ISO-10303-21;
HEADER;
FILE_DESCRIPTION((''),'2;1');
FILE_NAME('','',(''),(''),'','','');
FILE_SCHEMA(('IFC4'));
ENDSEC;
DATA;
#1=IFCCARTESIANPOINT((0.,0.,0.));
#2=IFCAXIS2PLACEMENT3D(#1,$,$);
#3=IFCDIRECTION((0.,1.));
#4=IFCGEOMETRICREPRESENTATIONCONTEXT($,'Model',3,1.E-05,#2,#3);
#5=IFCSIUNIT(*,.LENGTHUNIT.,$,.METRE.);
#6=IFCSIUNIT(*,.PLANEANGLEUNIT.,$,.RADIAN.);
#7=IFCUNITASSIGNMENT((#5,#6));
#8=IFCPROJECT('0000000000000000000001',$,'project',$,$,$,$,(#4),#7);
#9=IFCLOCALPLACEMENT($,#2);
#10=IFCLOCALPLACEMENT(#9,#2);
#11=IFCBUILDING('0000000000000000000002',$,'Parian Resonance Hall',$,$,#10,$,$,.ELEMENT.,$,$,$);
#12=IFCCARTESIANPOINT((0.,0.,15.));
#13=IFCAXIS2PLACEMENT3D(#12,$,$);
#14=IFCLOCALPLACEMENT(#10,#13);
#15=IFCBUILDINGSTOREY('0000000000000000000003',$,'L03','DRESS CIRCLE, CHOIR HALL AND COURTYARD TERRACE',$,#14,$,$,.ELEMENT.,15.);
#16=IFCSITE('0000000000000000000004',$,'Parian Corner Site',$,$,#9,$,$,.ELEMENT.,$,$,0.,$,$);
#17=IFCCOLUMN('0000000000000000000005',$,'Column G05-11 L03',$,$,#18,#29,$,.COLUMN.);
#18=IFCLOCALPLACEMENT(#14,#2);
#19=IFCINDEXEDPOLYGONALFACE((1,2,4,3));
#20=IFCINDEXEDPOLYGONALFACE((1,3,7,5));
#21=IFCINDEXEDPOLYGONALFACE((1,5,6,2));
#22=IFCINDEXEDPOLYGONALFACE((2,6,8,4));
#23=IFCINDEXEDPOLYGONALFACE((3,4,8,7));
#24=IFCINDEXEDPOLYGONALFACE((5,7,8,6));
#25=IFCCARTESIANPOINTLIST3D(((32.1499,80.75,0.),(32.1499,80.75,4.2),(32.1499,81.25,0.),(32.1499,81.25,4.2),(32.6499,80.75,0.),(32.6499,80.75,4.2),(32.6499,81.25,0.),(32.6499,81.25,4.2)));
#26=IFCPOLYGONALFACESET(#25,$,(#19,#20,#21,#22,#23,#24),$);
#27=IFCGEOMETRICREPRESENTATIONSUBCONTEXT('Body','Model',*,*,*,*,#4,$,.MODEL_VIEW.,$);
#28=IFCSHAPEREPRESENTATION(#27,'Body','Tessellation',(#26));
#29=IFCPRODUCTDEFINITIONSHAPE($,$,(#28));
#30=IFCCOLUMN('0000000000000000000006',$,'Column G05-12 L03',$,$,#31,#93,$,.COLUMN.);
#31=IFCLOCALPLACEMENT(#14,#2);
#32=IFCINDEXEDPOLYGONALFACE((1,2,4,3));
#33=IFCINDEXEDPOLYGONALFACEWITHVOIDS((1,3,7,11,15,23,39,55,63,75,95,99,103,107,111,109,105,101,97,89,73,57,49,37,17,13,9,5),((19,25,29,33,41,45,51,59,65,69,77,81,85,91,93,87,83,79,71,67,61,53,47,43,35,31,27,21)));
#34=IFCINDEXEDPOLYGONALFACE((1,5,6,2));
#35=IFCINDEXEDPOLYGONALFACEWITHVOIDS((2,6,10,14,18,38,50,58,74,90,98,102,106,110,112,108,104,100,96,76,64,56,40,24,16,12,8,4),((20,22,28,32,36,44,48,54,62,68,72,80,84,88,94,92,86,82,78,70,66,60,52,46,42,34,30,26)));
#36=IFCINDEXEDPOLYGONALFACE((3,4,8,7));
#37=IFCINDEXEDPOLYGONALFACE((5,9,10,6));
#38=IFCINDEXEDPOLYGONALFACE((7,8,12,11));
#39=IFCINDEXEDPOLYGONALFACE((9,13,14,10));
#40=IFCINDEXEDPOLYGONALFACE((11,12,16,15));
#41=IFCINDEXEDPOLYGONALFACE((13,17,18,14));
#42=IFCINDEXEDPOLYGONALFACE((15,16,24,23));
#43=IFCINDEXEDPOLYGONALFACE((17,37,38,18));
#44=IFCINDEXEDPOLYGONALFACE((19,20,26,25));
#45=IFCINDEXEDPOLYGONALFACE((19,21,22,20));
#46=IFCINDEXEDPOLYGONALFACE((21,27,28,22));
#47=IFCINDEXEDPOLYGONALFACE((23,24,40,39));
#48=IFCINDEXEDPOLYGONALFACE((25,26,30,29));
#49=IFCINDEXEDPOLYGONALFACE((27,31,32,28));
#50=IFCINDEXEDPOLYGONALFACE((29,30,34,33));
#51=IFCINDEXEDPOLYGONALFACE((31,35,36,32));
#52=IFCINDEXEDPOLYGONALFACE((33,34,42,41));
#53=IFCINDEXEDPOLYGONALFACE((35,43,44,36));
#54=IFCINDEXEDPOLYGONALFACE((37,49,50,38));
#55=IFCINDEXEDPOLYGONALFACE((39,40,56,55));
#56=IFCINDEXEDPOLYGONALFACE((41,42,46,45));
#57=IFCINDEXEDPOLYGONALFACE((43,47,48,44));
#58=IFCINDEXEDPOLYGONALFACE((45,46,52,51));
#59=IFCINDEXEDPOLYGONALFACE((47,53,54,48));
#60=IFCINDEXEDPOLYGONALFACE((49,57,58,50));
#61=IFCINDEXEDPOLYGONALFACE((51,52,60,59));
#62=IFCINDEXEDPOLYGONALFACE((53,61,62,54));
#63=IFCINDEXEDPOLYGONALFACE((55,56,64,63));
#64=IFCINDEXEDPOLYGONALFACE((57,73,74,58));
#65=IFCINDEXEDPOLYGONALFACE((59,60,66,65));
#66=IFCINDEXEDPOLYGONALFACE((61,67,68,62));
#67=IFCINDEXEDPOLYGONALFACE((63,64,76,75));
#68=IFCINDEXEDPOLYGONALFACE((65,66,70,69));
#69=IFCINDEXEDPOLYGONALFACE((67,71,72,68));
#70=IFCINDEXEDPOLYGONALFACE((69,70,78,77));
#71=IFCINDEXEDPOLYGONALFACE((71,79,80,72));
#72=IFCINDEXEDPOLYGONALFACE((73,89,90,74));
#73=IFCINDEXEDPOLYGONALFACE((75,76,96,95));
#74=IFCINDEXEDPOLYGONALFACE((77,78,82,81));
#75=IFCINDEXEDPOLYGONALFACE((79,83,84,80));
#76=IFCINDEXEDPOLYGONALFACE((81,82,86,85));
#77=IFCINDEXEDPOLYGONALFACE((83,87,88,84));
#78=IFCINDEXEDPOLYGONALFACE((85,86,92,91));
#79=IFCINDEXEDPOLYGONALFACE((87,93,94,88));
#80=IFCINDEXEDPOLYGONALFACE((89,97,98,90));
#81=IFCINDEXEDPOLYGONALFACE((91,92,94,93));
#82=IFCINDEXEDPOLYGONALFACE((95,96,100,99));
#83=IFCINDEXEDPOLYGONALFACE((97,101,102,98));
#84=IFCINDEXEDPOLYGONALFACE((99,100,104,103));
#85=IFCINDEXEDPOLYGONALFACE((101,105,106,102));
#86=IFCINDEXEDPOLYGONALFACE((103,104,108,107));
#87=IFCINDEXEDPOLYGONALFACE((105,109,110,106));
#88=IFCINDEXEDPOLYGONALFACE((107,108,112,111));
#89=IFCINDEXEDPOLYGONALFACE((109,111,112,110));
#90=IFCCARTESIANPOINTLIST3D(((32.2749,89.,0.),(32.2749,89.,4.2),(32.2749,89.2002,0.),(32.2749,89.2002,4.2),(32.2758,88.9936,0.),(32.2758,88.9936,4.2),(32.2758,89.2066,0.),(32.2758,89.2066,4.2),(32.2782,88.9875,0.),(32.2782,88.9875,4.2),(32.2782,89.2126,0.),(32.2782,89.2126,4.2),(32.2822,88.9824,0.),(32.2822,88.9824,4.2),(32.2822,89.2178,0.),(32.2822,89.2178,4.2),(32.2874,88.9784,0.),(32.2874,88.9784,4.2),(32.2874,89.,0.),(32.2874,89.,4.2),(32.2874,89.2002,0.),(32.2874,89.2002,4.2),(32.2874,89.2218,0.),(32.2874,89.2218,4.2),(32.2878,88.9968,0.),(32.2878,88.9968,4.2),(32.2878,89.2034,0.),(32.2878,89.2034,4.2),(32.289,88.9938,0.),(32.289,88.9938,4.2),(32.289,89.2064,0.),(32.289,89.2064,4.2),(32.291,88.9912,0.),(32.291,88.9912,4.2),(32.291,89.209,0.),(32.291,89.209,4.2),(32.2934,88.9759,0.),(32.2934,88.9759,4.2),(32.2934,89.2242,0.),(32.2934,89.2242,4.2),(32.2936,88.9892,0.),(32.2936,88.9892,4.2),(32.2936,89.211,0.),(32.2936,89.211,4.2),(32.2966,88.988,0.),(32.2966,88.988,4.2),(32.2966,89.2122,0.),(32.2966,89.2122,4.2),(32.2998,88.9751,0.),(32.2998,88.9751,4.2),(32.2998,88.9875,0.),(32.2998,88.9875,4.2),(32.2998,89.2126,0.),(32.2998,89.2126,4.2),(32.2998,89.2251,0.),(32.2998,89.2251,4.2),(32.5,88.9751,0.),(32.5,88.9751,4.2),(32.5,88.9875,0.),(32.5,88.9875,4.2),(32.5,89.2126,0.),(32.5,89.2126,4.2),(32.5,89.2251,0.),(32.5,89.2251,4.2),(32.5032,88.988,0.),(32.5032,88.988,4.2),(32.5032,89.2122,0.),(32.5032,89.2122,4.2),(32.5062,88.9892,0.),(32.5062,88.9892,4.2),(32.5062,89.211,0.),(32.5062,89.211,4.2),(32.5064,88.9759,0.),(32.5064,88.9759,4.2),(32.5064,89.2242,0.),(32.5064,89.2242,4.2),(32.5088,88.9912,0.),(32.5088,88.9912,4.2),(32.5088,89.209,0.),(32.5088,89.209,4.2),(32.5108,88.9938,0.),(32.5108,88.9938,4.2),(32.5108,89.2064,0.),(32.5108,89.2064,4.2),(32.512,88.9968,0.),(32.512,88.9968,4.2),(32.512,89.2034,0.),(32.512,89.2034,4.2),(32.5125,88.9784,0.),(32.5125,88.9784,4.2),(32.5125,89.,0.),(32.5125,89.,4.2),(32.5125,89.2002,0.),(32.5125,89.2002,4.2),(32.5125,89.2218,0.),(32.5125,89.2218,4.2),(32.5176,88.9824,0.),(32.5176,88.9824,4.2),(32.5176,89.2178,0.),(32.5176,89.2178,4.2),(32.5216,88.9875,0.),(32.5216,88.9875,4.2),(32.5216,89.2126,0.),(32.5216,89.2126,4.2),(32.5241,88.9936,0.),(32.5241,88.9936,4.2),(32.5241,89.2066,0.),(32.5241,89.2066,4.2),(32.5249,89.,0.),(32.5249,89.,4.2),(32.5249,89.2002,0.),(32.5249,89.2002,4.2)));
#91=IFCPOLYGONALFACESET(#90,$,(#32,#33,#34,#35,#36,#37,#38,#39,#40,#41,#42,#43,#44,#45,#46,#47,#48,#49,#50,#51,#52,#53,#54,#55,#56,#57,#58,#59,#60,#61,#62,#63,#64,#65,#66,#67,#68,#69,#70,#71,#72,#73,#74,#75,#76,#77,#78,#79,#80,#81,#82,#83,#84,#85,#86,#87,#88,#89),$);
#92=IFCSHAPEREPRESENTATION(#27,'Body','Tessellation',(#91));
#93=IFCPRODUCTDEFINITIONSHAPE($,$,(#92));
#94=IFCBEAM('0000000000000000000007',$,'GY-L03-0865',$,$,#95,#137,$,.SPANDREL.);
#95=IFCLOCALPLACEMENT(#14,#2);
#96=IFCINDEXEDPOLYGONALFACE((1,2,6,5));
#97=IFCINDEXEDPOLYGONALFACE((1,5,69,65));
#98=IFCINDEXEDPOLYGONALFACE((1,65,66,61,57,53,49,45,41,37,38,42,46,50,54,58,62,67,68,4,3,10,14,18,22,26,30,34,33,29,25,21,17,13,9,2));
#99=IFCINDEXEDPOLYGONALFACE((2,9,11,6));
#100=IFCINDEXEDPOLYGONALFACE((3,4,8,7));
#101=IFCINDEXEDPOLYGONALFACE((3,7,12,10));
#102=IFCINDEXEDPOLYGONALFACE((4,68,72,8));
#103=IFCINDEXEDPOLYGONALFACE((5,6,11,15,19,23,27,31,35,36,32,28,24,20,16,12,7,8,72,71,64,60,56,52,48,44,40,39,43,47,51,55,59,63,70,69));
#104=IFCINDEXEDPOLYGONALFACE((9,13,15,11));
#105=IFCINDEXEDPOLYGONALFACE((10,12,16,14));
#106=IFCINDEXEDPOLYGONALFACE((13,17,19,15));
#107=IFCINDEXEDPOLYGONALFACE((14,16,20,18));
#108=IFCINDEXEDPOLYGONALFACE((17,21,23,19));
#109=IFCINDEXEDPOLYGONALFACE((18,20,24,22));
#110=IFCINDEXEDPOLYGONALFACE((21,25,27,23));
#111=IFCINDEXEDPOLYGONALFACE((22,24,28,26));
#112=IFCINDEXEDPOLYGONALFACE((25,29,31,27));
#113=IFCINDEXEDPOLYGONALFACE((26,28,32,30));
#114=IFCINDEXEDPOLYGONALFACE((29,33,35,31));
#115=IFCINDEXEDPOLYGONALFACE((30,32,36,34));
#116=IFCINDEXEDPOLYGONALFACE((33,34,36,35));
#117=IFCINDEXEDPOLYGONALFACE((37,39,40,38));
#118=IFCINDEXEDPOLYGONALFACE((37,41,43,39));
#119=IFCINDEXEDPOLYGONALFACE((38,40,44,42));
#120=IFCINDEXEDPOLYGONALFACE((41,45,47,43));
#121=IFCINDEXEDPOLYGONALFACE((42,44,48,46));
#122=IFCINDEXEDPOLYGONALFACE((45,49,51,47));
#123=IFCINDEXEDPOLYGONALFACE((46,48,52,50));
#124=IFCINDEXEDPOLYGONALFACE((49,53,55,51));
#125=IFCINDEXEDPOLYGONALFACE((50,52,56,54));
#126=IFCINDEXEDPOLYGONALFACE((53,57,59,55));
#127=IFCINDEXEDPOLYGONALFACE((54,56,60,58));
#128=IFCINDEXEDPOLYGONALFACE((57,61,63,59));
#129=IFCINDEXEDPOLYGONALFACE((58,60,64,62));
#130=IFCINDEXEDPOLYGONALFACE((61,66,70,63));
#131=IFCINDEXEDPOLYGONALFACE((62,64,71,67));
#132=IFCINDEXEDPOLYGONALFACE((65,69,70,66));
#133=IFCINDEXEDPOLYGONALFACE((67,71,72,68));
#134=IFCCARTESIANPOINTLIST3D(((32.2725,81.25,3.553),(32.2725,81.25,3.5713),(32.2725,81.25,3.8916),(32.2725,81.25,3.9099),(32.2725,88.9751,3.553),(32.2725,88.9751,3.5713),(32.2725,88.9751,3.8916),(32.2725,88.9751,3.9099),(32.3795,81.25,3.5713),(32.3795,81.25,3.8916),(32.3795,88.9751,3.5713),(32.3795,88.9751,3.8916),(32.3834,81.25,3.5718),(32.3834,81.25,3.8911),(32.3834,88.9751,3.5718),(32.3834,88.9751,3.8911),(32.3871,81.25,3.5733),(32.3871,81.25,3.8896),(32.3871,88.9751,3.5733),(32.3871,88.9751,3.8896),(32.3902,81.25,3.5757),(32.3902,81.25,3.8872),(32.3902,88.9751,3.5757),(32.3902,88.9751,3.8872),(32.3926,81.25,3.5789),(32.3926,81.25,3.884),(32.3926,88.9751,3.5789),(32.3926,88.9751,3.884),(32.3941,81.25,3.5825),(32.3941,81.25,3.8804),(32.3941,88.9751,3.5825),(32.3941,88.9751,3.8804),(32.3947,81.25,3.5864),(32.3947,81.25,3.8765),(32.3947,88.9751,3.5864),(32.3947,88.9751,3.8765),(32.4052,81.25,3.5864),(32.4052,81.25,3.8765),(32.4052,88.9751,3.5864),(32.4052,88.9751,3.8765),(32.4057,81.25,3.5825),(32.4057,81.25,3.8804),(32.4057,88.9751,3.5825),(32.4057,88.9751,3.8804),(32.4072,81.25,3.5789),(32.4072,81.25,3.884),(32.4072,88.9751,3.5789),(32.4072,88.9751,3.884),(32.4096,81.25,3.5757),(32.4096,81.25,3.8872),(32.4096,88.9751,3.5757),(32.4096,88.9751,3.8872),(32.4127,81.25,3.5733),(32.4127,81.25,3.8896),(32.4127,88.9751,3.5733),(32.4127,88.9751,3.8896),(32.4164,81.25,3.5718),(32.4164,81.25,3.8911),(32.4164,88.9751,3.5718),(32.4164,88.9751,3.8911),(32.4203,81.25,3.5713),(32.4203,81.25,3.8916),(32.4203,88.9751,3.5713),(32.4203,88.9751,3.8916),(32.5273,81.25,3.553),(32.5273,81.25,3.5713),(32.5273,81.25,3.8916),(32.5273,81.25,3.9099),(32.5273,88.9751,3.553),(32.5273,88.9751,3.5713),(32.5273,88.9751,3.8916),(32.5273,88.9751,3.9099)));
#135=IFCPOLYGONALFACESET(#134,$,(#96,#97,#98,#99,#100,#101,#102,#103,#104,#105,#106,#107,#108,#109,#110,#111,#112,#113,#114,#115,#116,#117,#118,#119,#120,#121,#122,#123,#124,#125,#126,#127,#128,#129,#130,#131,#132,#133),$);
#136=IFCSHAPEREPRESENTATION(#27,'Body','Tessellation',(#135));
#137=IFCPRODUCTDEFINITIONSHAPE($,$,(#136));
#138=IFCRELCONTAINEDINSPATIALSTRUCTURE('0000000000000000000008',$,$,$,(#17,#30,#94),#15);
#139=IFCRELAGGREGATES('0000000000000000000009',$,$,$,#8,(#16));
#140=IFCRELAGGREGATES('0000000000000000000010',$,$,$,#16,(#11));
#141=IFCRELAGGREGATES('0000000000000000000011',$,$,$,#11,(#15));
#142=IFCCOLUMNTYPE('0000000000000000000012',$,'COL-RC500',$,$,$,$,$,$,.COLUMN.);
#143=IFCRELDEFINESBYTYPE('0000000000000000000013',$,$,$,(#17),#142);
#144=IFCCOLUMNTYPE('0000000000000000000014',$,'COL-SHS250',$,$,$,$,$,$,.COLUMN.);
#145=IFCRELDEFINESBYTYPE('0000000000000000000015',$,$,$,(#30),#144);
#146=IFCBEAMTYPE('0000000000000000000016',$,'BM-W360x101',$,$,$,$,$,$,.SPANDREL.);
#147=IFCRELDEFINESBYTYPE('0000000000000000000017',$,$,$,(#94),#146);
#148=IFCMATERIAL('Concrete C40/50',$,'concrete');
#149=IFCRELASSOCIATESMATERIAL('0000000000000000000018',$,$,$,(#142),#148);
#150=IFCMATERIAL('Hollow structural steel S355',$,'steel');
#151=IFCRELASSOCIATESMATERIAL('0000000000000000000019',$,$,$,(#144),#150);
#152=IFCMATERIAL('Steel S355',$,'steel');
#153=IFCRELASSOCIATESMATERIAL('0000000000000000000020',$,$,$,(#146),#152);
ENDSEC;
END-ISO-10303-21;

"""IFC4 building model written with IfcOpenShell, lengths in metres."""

from ifc_helpers import new_model, si_unit, direction, frame, origin, origin_2d, place, context, subcontext, project, spatial, rectangle, hollow_rectangle, i_section, extrude, material, material_profile, profile_set, type_object, element, save


model = new_model("IFC4")

# Units and contexts
model_context = context("Model", 3, precision=1e-05, world=origin(), true_north=direction((0.0, 1.0)))
body_context = subcontext(model_context, "Body", "Model", "MODEL_VIEW")
ifc_project = project(units=[si_unit("LENGTHUNIT", "METRE"), si_unit("PLANEANGLEUNIT", "RADIAN")], contexts=[model_context])

# Site, building, storey
site_placement = place(None, origin())
site = spatial("IfcSite", under=ifc_project, at=site_placement, Name="Parian Corner Site", CompositionType="ELEMENT", RefElevation=0.0)
building_placement = place(site_placement, origin())
building = spatial("IfcBuilding", under=site, at=building_placement, Name="Parian Resonance Hall", CompositionType="ELEMENT")
storey_placement = place(building_placement, frame((0.0, 0.0, 15.0)))
storey = spatial("IfcBuildingStorey", under=building, at=storey_placement, Name="L03", Description="DRESS CIRCLE, CHOIR HALL AND COURTYARD TERRACE", CompositionType="ELEMENT", Elevation=15.0)

# Columns
ifc_material_1 = material(Name="Concrete C40/50", Category="concrete")
ifc_material_profile_1 = material_profile(ifc_material_1, rectangle(XDim=0.5, YDim=0.5, at=origin_2d()), Name="RC-COL-500x500")
ifc_profile_set_1 = profile_set([ifc_material_profile_1], Name="Concrete C40/50")
column_type_1 = type_object("IfcColumnType", Name="COL-RC500", PredefinedType="COLUMN", material=ifc_profile_set_1)
column_1_placement = place(storey_placement, frame((32.3999, 81.0, 0.0), z_axis=(0.0, 0.0, 1.0), x_axis=(1.0, 0.0, 0.0)))
element("IfcColumn", 1, at=column_1_placement, inside=storey, type_object=column_type_1, Name="Column G05-11 L03", PredefinedType="COLUMN", context=body_context, shape_type="SweptSolid", body=[
    extrude(rectangle(XDim=0.5, YDim=0.5, at=origin_2d()), origin(), (0.0, 0.0, 1.0), 4.2),
])
ifc_material_2 = material(Name="Hollow structural steel S355", Category="steel")
ifc_material_profile_2 = material_profile(ifc_material_2, hollow_rectangle(XDim=0.25, YDim=0.25, WallThickness=0.0125, InnerFilletRadius=0.0125, OuterFilletRadius=0.0249, at=origin_2d()), Name="SHS250x250x12.5")
ifc_profile_set_2 = profile_set([ifc_material_profile_2], Name="Hollow structural steel S355")
column_type_2 = type_object("IfcColumnType", Name="COL-SHS250", PredefinedType="COLUMN", material=ifc_profile_set_2)
column_2_placement = place(storey_placement, frame((32.3999, 89.1001, 0.0), z_axis=(0.0, 0.0, 1.0), x_axis=(1.0, 0.0, 0.0)))
element("IfcColumn", 2, at=column_2_placement, inside=storey, type_object=column_type_2, Name="Column G05-12 L03", PredefinedType="COLUMN", context=body_context, shape_type="SweptSolid", body=[
    extrude(hollow_rectangle(XDim=0.25, YDim=0.25, WallThickness=0.0125, InnerFilletRadius=0.0125, OuterFilletRadius=0.0249, at=origin_2d()), origin(), (0.0, 0.0, 1.0), 4.2),
])

# Beam
ifc_material_3 = material(Name="Steel S355", Category="steel")
ifc_material_profile_3 = material_profile(ifc_material_3, i_section(OverallWidth=0.2549, OverallDepth=0.3569, WebThickness=0.0105, FlangeThickness=0.0183, FilletRadius=0.0151, at=origin_2d()), Name="W360x101")
ifc_profile_set_3 = profile_set([ifc_material_profile_3], Name="Steel S355")
beam_type = type_object("IfcBeamType", Name="BM-W360x101", PredefinedType="SPANDREL", material=ifc_profile_set_3)
beam_placement = place(storey_placement, frame((32.3999, 81.25, 3.7314), z_axis=(0.0, 1.0, 0.0), x_axis=(-1.0, 0.0, 0.0)))
element("IfcBeam", 3, at=beam_placement, inside=storey, type_object=beam_type, Name="GY-L03-0865", PredefinedType="SPANDREL", context=body_context, shape_type="SweptSolid", body=[
    extrude(i_section(OverallWidth=0.2549, OverallDepth=0.3569, WebThickness=0.0105, FlangeThickness=0.0183, FilletRadius=0.0151, at=origin_2d()), origin(), (0.0, 0.0, 1.0), 7.7251),
])

save(model, "model.ifc")
